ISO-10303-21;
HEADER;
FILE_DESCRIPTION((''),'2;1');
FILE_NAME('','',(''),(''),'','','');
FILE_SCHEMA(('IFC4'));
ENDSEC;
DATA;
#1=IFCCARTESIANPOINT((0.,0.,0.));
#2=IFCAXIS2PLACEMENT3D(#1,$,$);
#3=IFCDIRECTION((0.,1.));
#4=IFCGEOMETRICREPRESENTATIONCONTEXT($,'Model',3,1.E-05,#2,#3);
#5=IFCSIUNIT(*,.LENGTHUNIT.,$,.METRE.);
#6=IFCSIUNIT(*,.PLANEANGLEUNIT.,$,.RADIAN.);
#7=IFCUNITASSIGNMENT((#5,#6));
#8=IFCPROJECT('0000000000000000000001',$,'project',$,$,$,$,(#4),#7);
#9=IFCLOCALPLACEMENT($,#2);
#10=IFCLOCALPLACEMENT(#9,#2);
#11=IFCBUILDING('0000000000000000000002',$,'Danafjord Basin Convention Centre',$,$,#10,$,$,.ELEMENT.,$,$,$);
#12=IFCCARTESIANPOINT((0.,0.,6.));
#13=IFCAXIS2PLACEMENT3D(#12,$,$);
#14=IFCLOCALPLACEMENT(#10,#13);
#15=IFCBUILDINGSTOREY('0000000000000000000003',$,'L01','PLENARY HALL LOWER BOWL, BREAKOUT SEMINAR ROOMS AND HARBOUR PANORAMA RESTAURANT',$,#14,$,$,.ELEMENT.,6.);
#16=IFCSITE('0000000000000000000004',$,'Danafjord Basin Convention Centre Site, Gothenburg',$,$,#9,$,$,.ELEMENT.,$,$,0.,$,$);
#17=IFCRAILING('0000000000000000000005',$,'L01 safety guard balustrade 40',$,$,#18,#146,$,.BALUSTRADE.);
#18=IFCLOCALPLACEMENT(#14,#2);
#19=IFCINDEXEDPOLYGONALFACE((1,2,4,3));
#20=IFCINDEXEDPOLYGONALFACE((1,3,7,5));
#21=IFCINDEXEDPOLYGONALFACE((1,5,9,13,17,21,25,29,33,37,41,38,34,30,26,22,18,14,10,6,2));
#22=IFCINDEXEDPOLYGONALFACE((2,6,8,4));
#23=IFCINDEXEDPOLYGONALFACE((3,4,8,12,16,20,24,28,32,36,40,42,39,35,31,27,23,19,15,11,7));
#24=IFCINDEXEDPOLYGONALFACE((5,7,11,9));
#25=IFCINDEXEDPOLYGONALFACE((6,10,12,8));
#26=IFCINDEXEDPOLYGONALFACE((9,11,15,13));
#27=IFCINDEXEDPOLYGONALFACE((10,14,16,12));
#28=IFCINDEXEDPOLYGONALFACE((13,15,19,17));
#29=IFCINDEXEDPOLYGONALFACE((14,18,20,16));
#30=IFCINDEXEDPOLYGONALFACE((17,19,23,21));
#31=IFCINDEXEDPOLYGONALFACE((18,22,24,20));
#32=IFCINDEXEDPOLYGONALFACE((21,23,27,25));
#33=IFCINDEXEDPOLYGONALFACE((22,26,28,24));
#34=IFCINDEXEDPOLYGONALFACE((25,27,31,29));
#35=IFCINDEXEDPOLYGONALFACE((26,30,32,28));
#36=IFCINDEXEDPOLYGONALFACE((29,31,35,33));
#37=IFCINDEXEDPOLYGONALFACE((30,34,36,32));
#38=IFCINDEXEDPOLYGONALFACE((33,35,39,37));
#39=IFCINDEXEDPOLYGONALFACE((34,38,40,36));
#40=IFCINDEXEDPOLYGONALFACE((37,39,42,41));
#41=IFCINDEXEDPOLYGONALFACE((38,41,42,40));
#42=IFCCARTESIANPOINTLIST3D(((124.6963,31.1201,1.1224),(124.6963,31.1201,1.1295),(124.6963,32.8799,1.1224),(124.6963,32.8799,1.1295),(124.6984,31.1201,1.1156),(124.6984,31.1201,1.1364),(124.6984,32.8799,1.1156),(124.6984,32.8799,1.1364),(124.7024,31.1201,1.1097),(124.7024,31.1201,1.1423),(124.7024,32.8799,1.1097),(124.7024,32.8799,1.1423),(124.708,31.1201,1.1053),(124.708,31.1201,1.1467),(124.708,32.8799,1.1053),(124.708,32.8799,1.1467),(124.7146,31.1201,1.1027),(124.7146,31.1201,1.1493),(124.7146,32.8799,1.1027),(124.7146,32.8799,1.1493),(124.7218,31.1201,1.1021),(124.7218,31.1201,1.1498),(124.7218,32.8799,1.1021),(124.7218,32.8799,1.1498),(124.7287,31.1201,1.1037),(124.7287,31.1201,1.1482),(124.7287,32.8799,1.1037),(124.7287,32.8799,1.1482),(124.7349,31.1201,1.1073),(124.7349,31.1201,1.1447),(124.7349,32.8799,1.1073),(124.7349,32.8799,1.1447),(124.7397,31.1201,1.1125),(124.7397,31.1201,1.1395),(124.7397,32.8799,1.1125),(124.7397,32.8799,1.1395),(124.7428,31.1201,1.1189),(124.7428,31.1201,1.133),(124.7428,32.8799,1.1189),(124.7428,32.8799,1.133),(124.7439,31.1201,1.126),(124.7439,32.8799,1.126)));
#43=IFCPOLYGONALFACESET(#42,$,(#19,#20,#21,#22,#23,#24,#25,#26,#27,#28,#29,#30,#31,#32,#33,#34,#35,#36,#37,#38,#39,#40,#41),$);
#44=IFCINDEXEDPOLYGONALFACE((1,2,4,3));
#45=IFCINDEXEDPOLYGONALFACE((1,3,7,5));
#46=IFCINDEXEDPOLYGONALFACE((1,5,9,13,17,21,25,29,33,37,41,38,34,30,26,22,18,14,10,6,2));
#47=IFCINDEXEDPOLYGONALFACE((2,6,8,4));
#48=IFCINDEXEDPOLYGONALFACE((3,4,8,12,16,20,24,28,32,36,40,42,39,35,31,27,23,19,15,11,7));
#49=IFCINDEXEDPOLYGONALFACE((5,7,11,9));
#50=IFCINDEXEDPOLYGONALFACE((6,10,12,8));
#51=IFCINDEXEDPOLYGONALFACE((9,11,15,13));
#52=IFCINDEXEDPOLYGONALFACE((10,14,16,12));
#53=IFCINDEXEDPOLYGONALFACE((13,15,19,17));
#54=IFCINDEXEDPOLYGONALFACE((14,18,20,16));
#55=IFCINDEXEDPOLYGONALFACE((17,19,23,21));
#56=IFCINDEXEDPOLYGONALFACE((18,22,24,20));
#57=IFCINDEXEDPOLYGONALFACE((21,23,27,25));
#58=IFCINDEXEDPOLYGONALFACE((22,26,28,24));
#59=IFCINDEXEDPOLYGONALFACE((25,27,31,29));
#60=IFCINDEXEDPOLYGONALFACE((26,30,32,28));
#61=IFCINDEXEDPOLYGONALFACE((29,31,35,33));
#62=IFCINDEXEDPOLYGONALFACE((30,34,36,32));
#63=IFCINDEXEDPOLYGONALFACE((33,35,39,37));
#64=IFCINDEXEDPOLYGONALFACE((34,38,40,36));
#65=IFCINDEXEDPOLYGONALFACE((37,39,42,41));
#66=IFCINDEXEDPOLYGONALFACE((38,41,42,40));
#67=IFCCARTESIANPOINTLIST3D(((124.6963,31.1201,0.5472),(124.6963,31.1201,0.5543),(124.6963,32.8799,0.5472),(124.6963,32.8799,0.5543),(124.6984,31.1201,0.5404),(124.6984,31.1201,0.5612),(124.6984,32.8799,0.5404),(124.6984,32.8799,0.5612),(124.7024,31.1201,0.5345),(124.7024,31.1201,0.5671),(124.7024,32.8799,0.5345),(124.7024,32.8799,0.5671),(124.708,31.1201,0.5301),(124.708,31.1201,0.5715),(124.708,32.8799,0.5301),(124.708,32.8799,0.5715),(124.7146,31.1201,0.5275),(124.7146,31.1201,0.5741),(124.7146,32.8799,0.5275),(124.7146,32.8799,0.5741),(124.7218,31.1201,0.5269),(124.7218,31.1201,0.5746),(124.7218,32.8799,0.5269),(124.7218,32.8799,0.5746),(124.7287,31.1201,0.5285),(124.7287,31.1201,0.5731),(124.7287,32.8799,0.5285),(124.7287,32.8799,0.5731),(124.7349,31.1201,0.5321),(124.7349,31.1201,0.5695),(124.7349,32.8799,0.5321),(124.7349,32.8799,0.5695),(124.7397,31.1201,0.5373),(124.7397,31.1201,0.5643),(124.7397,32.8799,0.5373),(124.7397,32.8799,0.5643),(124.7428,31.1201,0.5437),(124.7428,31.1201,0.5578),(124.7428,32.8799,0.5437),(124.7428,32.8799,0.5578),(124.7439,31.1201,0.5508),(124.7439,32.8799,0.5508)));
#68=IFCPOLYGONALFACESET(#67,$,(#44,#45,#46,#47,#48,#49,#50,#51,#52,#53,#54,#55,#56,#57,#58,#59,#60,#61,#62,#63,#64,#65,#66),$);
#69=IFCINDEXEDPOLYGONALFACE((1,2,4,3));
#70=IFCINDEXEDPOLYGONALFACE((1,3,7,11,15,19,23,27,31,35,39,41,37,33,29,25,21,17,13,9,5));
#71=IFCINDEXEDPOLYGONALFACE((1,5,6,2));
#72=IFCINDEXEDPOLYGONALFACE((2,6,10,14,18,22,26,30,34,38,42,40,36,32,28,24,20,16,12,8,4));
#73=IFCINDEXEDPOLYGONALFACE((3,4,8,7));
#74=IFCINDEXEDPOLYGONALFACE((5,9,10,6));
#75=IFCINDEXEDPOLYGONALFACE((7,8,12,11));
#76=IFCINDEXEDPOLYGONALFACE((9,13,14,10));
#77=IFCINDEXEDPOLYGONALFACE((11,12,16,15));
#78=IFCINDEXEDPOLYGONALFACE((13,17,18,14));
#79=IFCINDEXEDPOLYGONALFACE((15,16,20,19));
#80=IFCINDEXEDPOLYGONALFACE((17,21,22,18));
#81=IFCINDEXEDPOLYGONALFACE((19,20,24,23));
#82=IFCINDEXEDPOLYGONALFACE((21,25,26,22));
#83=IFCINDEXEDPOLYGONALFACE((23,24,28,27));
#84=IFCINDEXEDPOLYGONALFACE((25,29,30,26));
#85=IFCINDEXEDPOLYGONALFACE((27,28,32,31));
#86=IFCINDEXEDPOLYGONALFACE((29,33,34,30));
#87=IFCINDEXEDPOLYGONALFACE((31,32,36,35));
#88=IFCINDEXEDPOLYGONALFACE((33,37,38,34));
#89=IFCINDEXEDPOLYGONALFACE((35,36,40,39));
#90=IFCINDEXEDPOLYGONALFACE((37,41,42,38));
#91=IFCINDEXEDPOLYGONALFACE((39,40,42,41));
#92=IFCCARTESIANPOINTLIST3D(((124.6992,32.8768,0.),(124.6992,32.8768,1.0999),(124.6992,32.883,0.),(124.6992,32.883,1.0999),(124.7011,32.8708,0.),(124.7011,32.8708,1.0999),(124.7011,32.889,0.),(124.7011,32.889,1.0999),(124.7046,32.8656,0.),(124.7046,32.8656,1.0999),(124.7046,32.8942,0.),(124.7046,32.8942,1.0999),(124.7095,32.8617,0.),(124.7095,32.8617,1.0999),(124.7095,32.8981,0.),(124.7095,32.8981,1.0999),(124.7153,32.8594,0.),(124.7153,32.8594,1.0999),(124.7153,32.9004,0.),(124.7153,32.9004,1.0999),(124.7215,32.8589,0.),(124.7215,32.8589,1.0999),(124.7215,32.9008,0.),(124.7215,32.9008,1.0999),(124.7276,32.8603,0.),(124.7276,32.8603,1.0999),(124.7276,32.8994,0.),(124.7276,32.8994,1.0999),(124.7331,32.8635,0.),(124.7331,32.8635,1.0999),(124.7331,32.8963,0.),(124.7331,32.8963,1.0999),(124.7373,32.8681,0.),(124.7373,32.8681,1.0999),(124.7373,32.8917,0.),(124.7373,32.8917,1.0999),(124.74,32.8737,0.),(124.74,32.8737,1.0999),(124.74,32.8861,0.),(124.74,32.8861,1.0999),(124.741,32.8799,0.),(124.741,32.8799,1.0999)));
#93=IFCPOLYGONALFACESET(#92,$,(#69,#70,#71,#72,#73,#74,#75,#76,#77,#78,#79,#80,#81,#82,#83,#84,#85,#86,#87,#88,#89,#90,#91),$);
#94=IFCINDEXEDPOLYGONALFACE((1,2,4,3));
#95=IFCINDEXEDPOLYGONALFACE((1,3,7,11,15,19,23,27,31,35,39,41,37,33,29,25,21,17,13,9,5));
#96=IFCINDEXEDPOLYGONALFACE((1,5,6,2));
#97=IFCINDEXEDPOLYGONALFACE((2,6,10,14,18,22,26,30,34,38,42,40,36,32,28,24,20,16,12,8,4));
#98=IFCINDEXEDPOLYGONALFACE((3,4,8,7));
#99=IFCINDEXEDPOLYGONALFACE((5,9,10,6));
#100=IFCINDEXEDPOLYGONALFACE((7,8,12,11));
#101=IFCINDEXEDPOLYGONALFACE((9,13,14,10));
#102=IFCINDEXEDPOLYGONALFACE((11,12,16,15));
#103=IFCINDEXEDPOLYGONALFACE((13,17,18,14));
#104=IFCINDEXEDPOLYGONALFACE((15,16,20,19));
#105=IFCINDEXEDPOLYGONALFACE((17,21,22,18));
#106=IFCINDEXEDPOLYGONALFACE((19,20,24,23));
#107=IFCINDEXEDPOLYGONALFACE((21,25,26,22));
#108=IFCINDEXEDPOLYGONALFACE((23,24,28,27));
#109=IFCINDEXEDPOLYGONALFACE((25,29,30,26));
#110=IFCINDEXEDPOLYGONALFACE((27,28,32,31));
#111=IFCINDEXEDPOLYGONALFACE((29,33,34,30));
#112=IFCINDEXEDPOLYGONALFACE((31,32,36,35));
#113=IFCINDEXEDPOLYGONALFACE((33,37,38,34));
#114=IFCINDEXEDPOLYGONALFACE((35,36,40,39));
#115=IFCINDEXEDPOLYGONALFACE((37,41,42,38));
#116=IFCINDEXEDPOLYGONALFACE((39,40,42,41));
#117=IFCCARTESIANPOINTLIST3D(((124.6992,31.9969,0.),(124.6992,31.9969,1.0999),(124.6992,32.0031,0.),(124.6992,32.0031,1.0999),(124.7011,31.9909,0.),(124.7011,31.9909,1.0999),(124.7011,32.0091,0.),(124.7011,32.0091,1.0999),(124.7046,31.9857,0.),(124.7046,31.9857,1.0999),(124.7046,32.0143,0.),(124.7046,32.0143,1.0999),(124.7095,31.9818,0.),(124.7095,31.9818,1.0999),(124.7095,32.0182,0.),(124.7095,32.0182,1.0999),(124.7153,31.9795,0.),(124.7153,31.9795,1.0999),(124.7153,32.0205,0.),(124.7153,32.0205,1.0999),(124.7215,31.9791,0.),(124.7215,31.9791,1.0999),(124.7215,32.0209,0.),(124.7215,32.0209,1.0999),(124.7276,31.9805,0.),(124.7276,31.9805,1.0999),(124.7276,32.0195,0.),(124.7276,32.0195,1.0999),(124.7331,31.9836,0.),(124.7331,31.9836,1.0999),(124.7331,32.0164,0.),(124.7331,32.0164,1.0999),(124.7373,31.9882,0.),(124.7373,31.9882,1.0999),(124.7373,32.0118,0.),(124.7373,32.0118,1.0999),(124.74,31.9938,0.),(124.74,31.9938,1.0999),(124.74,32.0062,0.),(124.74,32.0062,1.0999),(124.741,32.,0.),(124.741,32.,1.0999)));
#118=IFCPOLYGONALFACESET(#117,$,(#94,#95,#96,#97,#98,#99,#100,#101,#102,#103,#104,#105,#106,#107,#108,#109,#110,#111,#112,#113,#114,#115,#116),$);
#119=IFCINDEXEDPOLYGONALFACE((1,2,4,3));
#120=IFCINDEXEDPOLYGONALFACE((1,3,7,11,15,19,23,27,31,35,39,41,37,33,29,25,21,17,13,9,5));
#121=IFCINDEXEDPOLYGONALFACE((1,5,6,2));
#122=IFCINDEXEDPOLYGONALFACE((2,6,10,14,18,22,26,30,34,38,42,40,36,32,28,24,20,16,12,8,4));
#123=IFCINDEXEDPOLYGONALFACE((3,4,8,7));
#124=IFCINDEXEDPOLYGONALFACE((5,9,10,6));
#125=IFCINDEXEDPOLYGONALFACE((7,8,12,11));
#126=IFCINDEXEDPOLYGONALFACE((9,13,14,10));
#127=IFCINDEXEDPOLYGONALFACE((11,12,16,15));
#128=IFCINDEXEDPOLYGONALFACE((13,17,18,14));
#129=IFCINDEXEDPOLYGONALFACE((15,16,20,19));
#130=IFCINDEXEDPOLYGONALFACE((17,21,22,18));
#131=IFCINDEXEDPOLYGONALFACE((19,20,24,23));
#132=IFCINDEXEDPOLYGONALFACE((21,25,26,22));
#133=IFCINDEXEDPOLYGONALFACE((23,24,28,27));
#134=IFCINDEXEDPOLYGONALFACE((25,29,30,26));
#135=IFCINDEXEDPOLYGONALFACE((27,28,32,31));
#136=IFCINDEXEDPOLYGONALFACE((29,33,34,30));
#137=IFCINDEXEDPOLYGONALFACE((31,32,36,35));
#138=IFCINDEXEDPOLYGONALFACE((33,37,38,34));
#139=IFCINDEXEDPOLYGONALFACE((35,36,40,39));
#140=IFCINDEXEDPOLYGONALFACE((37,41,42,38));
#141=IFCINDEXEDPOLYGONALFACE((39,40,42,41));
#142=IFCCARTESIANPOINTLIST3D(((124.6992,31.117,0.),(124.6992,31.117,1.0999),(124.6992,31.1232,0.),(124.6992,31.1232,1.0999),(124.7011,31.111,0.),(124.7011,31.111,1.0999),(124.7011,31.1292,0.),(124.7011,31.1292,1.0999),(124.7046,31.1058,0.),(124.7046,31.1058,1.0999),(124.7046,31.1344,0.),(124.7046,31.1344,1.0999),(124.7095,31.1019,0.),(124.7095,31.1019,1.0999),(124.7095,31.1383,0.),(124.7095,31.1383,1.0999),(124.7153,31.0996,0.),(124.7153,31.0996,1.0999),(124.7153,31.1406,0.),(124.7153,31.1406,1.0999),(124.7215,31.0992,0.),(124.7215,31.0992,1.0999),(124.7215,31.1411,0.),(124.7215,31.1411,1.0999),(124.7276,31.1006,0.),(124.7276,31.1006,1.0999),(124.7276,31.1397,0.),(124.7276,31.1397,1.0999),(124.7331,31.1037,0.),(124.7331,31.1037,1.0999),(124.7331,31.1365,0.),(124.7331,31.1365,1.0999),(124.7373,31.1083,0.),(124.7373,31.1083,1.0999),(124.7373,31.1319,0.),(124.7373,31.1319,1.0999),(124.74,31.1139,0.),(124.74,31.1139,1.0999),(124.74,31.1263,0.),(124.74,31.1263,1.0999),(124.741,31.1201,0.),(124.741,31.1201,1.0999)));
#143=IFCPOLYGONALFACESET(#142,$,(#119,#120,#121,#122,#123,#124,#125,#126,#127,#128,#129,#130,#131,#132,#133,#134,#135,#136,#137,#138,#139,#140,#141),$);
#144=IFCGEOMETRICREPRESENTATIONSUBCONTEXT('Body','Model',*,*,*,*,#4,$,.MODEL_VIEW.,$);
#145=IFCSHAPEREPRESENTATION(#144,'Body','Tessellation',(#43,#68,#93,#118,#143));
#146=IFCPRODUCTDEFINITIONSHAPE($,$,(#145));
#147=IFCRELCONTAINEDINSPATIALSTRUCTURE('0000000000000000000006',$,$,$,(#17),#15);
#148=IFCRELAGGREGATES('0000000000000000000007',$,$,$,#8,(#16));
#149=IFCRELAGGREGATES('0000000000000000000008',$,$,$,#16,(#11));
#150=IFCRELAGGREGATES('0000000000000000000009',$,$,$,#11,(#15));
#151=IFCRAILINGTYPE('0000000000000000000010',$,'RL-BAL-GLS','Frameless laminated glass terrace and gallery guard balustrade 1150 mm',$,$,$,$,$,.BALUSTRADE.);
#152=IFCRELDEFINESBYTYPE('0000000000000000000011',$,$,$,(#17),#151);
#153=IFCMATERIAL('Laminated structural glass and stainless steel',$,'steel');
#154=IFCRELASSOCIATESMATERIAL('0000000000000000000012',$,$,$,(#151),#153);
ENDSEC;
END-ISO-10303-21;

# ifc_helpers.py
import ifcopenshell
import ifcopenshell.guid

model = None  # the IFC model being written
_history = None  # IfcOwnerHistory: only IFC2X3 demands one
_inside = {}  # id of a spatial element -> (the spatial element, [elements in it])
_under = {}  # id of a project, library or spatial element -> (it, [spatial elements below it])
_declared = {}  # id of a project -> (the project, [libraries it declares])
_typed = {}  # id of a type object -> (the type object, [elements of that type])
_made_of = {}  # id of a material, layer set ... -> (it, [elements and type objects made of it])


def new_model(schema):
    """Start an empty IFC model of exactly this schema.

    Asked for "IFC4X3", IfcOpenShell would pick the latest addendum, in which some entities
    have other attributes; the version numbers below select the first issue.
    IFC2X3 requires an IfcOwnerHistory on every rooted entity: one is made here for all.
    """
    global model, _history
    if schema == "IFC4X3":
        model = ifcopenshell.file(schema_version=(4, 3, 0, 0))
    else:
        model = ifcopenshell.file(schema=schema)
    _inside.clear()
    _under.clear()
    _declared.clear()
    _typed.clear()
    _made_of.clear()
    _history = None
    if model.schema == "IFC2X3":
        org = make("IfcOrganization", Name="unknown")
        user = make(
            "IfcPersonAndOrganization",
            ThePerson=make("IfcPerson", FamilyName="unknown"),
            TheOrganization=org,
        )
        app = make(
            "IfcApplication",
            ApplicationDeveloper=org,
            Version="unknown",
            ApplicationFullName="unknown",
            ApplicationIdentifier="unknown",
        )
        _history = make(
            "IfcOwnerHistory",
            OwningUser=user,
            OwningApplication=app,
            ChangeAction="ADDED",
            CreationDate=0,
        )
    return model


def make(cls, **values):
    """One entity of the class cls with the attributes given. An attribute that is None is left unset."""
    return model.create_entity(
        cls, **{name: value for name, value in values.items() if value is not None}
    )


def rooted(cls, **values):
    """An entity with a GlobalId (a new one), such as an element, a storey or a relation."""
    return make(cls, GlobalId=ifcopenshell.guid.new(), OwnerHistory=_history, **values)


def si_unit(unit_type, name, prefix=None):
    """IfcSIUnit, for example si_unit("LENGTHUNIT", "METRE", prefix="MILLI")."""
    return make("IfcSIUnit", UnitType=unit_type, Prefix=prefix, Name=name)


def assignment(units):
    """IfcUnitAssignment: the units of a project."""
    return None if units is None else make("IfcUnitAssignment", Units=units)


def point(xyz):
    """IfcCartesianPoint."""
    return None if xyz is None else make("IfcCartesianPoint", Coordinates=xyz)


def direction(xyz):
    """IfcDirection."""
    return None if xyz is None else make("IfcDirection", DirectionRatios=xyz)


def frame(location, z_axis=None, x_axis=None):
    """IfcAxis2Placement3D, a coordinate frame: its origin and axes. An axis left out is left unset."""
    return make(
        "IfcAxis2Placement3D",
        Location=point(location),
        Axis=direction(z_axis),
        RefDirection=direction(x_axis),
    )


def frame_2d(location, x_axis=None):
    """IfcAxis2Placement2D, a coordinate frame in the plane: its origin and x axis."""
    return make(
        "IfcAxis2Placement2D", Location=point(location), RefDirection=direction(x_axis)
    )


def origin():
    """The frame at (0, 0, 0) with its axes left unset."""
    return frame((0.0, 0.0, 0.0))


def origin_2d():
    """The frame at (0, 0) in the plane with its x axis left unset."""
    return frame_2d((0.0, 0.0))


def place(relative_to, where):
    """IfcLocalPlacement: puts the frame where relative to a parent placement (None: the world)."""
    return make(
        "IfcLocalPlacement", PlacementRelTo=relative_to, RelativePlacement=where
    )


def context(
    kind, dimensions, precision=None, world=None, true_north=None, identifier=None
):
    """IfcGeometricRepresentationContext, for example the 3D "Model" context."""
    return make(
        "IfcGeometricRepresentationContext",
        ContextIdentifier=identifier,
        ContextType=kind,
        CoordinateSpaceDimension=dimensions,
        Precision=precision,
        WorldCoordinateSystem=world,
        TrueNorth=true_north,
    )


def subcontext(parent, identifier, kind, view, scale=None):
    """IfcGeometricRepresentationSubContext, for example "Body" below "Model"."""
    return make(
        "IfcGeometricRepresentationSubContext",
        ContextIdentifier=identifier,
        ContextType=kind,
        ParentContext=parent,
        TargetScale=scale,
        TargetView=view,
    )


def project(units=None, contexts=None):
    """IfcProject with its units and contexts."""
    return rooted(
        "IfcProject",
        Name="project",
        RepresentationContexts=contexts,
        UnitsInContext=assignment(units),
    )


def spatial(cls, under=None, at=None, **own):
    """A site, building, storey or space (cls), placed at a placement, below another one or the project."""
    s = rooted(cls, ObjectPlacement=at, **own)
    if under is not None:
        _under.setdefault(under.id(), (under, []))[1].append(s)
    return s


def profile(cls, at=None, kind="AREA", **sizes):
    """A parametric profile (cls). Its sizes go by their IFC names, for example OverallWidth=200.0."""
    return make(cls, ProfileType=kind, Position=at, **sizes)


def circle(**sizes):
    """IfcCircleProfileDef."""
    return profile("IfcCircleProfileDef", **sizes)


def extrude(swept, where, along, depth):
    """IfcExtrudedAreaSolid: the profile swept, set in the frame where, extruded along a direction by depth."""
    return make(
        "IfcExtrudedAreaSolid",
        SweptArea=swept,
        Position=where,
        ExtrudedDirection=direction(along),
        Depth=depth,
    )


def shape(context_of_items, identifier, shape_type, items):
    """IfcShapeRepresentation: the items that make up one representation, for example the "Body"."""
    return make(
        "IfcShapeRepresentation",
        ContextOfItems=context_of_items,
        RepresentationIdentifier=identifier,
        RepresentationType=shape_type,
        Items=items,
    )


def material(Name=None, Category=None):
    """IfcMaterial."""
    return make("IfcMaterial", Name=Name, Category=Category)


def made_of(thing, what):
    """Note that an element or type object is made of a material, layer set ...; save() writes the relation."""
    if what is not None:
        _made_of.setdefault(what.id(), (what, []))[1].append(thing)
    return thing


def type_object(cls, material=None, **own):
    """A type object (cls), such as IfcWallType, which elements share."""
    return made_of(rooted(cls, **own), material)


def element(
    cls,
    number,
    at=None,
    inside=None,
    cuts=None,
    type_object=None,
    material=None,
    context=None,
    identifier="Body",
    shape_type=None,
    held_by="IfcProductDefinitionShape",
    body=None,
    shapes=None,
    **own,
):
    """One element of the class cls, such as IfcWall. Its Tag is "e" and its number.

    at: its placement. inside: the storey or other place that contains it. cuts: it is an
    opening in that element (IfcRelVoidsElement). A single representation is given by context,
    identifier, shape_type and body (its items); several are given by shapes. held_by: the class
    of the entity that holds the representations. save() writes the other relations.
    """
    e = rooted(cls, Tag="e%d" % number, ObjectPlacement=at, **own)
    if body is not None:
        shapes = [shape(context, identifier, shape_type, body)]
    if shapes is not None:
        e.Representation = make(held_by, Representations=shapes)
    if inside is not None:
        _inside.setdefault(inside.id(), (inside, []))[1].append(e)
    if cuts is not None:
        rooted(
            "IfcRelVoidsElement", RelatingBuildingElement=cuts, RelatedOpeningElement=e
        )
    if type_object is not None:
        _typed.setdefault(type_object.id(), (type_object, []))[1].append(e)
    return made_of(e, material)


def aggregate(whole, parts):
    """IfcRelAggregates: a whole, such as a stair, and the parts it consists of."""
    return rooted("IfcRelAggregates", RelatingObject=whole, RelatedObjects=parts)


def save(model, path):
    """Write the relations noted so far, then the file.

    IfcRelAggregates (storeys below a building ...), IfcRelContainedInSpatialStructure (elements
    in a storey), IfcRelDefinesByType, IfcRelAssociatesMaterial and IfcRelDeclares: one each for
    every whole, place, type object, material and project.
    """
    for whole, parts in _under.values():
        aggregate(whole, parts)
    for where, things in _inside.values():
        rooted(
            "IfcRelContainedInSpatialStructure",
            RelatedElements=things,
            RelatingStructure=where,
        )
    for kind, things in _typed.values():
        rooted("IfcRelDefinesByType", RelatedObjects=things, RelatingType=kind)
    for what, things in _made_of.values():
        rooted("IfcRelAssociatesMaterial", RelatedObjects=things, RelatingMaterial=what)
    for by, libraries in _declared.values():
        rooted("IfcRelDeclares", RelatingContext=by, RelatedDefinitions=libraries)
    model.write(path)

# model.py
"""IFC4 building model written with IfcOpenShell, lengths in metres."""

from ifc_helpers import new_model, si_unit, direction, frame, origin, origin_2d, place, context, subcontext, project, spatial, circle, extrude, material, type_object, element, save


model = new_model("IFC4")

# Units and contexts
model_context = context("Model", 3, precision=1e-05, world=origin(), true_north=direction((0.0, 1.0)))
body_context = subcontext(model_context, "Body", "Model", "MODEL_VIEW")
ifc_project = project(units=[si_unit("LENGTHUNIT", "METRE"), si_unit("PLANEANGLEUNIT", "RADIAN")], contexts=[model_context])

# Site, building, storey
site_placement = place(None, origin())
site = spatial("IfcSite", under=ifc_project, at=site_placement, Name="Danafjord Basin Convention Centre Site, Gothenburg", CompositionType="ELEMENT", RefElevation=0.0)
building_placement = place(site_placement, origin())
building = spatial("IfcBuilding", under=site, at=building_placement, Name="Danafjord Basin Convention Centre", CompositionType="ELEMENT")
storey_placement = place(building_placement, frame((0.0, 0.0, 6.0)))
storey = spatial("IfcBuildingStorey", under=building, at=storey_placement, Name="L01", Description="PLENARY HALL LOWER BOWL, BREAKOUT SEMINAR ROOMS AND HARBOUR PANORAMA RESTAURANT", CompositionType="ELEMENT", Elevation=6.0)

# Railing
ifc_material_1 = material(Name="Laminated structural glass and stainless steel", Category="steel")
railing_type = type_object("IfcRailingType", Name="RL-BAL-GLS", Description="Frameless laminated glass terrace and gallery guard balustrade 1150 mm", PredefinedType="BALUSTRADE", material=ifc_material_1)
for number, where, name in (
    (1, (124.72, 32.8799, 0.0), "L01 safety guard balustrade 40"),
):
    element("IfcRailing", number, at=place(storey_placement, frame(where)), inside=storey, type_object=railing_type, Name=name, PredefinedType="BALUSTRADE", context=body_context, shape_type="SweptSolid", body=[
        extrude(circle(Radius=0.0239, at=origin_2d()), frame((0.0, 0.0, 1.126), z_axis=(0.0, -1.0, 0.0), x_axis=(1.0, 0.0, 0.0)), (0.0, 0.0, 1.0), 1.7598),
        extrude(circle(Radius=0.0239, at=origin_2d()), frame((0.0, 0.0, 0.5508), z_axis=(0.0, -1.0, 0.0), x_axis=(1.0, 0.0, 0.0)), (0.0, 0.0, 1.0), 1.7598),
        extrude(circle(Radius=0.021, at=origin_2d()), origin(), (0.0, 0.0, 1.0), 1.0999),
        extrude(circle(Radius=0.021, at=origin_2d()), frame((0.0, -0.8799, 0.0)), (0.0, 0.0, 1.0), 1.0999),
        extrude(circle(Radius=0.021, at=origin_2d()), frame((0.0, -1.7598, 0.0)), (0.0, 0.0, 1.0), 1.0999),
    ])

save(model, "model.ifc")
